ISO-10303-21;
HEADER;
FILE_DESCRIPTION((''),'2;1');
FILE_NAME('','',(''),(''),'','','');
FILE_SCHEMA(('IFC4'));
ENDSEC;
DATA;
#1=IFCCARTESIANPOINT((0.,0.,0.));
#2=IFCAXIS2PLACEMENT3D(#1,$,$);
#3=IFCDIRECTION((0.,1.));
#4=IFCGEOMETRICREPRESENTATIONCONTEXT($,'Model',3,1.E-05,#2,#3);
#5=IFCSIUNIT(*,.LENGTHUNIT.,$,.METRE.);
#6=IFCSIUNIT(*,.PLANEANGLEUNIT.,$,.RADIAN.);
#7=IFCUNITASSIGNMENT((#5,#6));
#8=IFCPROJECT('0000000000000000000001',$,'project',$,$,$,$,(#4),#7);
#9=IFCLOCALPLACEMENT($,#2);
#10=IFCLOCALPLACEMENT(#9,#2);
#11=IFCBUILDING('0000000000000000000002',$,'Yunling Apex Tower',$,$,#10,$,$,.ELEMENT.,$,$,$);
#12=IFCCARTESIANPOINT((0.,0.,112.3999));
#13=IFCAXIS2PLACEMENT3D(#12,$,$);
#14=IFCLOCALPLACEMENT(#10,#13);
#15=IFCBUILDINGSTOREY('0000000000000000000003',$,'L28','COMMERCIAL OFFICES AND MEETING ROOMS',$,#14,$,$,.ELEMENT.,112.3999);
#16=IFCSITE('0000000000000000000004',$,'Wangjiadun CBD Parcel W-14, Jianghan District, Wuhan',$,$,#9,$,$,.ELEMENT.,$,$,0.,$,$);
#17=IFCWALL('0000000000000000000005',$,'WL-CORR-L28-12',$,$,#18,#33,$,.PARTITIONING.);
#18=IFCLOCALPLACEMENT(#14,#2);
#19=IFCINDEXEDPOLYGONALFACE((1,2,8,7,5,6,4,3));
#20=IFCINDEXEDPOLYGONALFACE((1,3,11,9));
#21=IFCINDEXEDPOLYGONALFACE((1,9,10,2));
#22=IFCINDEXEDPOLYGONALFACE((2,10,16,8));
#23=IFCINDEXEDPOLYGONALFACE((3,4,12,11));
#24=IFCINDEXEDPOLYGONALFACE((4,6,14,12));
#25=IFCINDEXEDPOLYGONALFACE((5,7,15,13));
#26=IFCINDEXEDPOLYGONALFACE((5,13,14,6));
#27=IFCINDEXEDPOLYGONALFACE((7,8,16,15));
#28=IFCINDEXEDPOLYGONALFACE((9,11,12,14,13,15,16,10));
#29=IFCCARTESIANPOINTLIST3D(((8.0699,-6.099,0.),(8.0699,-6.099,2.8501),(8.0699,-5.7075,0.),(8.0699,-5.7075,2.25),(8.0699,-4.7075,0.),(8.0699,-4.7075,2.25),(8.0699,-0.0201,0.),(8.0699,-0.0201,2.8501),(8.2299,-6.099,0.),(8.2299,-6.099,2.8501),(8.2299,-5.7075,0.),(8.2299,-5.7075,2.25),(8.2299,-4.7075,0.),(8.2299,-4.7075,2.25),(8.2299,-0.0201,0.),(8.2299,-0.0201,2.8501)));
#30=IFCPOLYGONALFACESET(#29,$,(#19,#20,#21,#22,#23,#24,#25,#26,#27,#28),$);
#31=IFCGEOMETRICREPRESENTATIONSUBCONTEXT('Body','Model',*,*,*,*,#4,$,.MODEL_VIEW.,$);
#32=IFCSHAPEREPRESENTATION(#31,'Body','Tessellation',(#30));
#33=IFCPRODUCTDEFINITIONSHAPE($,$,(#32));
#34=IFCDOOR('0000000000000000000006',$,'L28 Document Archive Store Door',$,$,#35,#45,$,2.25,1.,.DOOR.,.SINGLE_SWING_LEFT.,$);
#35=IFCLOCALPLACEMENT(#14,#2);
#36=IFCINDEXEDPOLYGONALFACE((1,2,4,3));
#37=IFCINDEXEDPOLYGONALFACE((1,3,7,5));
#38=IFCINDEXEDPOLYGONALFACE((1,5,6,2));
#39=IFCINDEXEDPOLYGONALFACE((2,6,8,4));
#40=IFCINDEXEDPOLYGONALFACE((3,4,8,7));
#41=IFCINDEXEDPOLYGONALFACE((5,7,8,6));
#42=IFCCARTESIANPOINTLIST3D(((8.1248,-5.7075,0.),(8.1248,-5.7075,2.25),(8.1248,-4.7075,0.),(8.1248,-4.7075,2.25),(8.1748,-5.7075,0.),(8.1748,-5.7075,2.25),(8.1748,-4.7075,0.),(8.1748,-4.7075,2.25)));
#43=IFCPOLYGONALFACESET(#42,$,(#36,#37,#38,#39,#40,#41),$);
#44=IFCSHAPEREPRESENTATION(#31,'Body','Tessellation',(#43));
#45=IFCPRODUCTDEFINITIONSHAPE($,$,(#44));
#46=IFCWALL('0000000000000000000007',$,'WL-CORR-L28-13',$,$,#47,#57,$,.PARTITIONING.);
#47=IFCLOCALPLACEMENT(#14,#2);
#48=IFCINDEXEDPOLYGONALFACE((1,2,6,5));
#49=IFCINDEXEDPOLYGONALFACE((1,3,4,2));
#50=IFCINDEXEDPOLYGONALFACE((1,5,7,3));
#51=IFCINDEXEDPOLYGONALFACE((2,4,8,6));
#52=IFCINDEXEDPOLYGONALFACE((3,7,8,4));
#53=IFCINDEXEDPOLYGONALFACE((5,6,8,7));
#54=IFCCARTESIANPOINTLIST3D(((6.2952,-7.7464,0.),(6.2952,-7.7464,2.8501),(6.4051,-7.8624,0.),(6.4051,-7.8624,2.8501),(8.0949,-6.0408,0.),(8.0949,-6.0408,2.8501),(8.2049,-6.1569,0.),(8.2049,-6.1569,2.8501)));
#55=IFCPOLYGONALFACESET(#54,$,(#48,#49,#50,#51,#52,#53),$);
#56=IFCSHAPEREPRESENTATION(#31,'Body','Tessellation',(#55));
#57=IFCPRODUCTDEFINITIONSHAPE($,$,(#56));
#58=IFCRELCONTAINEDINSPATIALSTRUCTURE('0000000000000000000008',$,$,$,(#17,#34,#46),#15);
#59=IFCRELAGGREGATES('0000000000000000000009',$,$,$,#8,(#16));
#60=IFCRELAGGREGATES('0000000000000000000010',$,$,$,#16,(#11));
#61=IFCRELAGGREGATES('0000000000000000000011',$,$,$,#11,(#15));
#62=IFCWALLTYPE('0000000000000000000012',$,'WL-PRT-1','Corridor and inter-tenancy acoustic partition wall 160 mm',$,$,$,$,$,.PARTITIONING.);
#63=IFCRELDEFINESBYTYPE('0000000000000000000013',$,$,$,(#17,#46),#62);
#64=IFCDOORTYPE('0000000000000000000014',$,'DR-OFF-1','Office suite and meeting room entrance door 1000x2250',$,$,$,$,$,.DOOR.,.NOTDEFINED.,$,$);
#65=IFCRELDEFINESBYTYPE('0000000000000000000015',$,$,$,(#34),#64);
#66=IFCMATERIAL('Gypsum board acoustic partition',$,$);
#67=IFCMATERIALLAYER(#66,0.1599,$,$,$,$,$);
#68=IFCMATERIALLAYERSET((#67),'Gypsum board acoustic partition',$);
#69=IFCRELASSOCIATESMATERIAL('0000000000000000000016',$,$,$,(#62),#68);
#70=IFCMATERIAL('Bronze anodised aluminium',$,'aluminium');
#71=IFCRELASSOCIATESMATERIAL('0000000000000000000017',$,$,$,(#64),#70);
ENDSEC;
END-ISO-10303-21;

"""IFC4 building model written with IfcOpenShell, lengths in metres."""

from ifc_helpers import new_model, si_unit, direction, frame, frame_2d, origin, place, context, subcontext, project, spatial, rectangle, extrude, material, layer, layer_set, type_object, element, fill, save


model = new_model("IFC4")

# Units and contexts
model_context = context("Model", 3, precision=1e-05, world=origin(), true_north=direction((0.0, 1.0)))
body_context = subcontext(model_context, "Body", "Model", "MODEL_VIEW")
ifc_project = project(units=[si_unit("LENGTHUNIT", "METRE"), si_unit("PLANEANGLEUNIT", "RADIAN")], contexts=[model_context])

# Site, building, storey
site_placement = place(None, origin())
site = spatial("IfcSite", under=ifc_project, at=site_placement, Name="Wangjiadun CBD Parcel W-14, Jianghan District, Wuhan", CompositionType="ELEMENT", RefElevation=0.0)
building_placement = place(site_placement, origin())
building = spatial("IfcBuilding", under=site, at=building_placement, Name="Yunling Apex Tower", CompositionType="ELEMENT")
storey_placement = place(building_placement, frame((0.0, 0.0, 112.3999)))
storey = spatial("IfcBuildingStorey", under=building, at=storey_placement, Name="L28", Description="COMMERCIAL OFFICES AND MEETING ROOMS", CompositionType="ELEMENT", Elevation=112.3999)

# Shared definitions
ifc_material_1 = material(Name="Bronze anodised aluminium", Category="aluminium")

# Wall, opening, door
ifc_material_2 = material(Name="Gypsum board acoustic partition")
ifc_layer_1 = layer(ifc_material_2, 0.1599)
ifc_layer_set_1 = layer_set([ifc_layer_1], Name="Gypsum board acoustic partition")
wall_type = type_object("IfcWallType", Name="WL-PRT-1", Description="Corridor and inter-tenancy acoustic partition wall 160 mm", PredefinedType="PARTITIONING", material=ifc_layer_set_1)
wall_1_placement = place(storey_placement, frame((8.1499, -0.02, 0.0), z_axis=(0.0, 0.0, 1.0), x_axis=(0.0, -1.0, 0.0)))
wall_1 = element("IfcWall", 1, at=wall_1_placement, inside=storey, type_object=wall_type, Name="WL-CORR-L28-12", PredefinedType="PARTITIONING", context=body_context, shape_type="SweptSolid", body=[
    extrude(rectangle(XDim=6.0789, YDim=0.1599, at=frame_2d((3.0396, 0.0))), origin(), (0.0, 0.0, 1.0), 2.8501),
])
opening_placement = place(wall_1_placement, frame((4.6875, 0.0, 0.0)))
opening = element("IfcOpeningElement", 2, at=opening_placement, cuts=wall_1, PredefinedType="OPENING", context=body_context, shape_type="SweptSolid", body=[
    extrude(rectangle(XDim=1.0, YDim=2.25, at=frame_2d((0.5, 1.125))), frame((0.0, 0.0898, 0.0), z_axis=(0.0, -1.0, 0.0), x_axis=(1.0, 0.0, 0.0)), (0.0, 0.0, 1.0), 0.1799),
])
door_type = type_object("IfcDoorType", Name="DR-OFF-1", Description="Office suite and meeting room entrance door 1000x2250", OperationType="NOTDEFINED", PredefinedType="DOOR", material=ifc_material_1)
door_placement = place(opening_placement, origin())
door = element("IfcDoor", 3, at=door_placement, inside=storey, type_object=door_type, Name="L28 Document Archive Store Door", OperationType="SINGLE_SWING_LEFT", OverallHeight=2.25, OverallWidth=1.0, PredefinedType="DOOR", context=body_context, shape_type="SweptSolid", body=[
    extrude(rectangle(XDim=1.0, YDim=2.25, at=frame_2d((0.5, 1.125))), frame((0.0, 0.0249, 0.0), z_axis=(0.0, -1.0, 0.0), x_axis=(1.0, 0.0, 0.0)), (0.0, 0.0, 1.0), 0.05),
])
fill(opening, door)

# Wall
wall_2_placement = place(storey_placement, frame((8.1499, -6.0989, 0.0), z_axis=(0.0, 0.0, 1.0), x_axis=(-0.725854, -0.687848, 0.0)))
element("IfcWall", 4, at=wall_2_placement, inside=storey, type_object=wall_type, Name="WL-CORR-L28-13", PredefinedType="PARTITIONING", context=body_context, shape_type="SweptSolid", body=[
    extrude(rectangle(XDim=2.4795, YDim=0.1599, at=frame_2d((1.2397, 0.0))), origin(), (0.0, 0.0, 1.0), 2.8501),
])

save(model, "model.ifc")
